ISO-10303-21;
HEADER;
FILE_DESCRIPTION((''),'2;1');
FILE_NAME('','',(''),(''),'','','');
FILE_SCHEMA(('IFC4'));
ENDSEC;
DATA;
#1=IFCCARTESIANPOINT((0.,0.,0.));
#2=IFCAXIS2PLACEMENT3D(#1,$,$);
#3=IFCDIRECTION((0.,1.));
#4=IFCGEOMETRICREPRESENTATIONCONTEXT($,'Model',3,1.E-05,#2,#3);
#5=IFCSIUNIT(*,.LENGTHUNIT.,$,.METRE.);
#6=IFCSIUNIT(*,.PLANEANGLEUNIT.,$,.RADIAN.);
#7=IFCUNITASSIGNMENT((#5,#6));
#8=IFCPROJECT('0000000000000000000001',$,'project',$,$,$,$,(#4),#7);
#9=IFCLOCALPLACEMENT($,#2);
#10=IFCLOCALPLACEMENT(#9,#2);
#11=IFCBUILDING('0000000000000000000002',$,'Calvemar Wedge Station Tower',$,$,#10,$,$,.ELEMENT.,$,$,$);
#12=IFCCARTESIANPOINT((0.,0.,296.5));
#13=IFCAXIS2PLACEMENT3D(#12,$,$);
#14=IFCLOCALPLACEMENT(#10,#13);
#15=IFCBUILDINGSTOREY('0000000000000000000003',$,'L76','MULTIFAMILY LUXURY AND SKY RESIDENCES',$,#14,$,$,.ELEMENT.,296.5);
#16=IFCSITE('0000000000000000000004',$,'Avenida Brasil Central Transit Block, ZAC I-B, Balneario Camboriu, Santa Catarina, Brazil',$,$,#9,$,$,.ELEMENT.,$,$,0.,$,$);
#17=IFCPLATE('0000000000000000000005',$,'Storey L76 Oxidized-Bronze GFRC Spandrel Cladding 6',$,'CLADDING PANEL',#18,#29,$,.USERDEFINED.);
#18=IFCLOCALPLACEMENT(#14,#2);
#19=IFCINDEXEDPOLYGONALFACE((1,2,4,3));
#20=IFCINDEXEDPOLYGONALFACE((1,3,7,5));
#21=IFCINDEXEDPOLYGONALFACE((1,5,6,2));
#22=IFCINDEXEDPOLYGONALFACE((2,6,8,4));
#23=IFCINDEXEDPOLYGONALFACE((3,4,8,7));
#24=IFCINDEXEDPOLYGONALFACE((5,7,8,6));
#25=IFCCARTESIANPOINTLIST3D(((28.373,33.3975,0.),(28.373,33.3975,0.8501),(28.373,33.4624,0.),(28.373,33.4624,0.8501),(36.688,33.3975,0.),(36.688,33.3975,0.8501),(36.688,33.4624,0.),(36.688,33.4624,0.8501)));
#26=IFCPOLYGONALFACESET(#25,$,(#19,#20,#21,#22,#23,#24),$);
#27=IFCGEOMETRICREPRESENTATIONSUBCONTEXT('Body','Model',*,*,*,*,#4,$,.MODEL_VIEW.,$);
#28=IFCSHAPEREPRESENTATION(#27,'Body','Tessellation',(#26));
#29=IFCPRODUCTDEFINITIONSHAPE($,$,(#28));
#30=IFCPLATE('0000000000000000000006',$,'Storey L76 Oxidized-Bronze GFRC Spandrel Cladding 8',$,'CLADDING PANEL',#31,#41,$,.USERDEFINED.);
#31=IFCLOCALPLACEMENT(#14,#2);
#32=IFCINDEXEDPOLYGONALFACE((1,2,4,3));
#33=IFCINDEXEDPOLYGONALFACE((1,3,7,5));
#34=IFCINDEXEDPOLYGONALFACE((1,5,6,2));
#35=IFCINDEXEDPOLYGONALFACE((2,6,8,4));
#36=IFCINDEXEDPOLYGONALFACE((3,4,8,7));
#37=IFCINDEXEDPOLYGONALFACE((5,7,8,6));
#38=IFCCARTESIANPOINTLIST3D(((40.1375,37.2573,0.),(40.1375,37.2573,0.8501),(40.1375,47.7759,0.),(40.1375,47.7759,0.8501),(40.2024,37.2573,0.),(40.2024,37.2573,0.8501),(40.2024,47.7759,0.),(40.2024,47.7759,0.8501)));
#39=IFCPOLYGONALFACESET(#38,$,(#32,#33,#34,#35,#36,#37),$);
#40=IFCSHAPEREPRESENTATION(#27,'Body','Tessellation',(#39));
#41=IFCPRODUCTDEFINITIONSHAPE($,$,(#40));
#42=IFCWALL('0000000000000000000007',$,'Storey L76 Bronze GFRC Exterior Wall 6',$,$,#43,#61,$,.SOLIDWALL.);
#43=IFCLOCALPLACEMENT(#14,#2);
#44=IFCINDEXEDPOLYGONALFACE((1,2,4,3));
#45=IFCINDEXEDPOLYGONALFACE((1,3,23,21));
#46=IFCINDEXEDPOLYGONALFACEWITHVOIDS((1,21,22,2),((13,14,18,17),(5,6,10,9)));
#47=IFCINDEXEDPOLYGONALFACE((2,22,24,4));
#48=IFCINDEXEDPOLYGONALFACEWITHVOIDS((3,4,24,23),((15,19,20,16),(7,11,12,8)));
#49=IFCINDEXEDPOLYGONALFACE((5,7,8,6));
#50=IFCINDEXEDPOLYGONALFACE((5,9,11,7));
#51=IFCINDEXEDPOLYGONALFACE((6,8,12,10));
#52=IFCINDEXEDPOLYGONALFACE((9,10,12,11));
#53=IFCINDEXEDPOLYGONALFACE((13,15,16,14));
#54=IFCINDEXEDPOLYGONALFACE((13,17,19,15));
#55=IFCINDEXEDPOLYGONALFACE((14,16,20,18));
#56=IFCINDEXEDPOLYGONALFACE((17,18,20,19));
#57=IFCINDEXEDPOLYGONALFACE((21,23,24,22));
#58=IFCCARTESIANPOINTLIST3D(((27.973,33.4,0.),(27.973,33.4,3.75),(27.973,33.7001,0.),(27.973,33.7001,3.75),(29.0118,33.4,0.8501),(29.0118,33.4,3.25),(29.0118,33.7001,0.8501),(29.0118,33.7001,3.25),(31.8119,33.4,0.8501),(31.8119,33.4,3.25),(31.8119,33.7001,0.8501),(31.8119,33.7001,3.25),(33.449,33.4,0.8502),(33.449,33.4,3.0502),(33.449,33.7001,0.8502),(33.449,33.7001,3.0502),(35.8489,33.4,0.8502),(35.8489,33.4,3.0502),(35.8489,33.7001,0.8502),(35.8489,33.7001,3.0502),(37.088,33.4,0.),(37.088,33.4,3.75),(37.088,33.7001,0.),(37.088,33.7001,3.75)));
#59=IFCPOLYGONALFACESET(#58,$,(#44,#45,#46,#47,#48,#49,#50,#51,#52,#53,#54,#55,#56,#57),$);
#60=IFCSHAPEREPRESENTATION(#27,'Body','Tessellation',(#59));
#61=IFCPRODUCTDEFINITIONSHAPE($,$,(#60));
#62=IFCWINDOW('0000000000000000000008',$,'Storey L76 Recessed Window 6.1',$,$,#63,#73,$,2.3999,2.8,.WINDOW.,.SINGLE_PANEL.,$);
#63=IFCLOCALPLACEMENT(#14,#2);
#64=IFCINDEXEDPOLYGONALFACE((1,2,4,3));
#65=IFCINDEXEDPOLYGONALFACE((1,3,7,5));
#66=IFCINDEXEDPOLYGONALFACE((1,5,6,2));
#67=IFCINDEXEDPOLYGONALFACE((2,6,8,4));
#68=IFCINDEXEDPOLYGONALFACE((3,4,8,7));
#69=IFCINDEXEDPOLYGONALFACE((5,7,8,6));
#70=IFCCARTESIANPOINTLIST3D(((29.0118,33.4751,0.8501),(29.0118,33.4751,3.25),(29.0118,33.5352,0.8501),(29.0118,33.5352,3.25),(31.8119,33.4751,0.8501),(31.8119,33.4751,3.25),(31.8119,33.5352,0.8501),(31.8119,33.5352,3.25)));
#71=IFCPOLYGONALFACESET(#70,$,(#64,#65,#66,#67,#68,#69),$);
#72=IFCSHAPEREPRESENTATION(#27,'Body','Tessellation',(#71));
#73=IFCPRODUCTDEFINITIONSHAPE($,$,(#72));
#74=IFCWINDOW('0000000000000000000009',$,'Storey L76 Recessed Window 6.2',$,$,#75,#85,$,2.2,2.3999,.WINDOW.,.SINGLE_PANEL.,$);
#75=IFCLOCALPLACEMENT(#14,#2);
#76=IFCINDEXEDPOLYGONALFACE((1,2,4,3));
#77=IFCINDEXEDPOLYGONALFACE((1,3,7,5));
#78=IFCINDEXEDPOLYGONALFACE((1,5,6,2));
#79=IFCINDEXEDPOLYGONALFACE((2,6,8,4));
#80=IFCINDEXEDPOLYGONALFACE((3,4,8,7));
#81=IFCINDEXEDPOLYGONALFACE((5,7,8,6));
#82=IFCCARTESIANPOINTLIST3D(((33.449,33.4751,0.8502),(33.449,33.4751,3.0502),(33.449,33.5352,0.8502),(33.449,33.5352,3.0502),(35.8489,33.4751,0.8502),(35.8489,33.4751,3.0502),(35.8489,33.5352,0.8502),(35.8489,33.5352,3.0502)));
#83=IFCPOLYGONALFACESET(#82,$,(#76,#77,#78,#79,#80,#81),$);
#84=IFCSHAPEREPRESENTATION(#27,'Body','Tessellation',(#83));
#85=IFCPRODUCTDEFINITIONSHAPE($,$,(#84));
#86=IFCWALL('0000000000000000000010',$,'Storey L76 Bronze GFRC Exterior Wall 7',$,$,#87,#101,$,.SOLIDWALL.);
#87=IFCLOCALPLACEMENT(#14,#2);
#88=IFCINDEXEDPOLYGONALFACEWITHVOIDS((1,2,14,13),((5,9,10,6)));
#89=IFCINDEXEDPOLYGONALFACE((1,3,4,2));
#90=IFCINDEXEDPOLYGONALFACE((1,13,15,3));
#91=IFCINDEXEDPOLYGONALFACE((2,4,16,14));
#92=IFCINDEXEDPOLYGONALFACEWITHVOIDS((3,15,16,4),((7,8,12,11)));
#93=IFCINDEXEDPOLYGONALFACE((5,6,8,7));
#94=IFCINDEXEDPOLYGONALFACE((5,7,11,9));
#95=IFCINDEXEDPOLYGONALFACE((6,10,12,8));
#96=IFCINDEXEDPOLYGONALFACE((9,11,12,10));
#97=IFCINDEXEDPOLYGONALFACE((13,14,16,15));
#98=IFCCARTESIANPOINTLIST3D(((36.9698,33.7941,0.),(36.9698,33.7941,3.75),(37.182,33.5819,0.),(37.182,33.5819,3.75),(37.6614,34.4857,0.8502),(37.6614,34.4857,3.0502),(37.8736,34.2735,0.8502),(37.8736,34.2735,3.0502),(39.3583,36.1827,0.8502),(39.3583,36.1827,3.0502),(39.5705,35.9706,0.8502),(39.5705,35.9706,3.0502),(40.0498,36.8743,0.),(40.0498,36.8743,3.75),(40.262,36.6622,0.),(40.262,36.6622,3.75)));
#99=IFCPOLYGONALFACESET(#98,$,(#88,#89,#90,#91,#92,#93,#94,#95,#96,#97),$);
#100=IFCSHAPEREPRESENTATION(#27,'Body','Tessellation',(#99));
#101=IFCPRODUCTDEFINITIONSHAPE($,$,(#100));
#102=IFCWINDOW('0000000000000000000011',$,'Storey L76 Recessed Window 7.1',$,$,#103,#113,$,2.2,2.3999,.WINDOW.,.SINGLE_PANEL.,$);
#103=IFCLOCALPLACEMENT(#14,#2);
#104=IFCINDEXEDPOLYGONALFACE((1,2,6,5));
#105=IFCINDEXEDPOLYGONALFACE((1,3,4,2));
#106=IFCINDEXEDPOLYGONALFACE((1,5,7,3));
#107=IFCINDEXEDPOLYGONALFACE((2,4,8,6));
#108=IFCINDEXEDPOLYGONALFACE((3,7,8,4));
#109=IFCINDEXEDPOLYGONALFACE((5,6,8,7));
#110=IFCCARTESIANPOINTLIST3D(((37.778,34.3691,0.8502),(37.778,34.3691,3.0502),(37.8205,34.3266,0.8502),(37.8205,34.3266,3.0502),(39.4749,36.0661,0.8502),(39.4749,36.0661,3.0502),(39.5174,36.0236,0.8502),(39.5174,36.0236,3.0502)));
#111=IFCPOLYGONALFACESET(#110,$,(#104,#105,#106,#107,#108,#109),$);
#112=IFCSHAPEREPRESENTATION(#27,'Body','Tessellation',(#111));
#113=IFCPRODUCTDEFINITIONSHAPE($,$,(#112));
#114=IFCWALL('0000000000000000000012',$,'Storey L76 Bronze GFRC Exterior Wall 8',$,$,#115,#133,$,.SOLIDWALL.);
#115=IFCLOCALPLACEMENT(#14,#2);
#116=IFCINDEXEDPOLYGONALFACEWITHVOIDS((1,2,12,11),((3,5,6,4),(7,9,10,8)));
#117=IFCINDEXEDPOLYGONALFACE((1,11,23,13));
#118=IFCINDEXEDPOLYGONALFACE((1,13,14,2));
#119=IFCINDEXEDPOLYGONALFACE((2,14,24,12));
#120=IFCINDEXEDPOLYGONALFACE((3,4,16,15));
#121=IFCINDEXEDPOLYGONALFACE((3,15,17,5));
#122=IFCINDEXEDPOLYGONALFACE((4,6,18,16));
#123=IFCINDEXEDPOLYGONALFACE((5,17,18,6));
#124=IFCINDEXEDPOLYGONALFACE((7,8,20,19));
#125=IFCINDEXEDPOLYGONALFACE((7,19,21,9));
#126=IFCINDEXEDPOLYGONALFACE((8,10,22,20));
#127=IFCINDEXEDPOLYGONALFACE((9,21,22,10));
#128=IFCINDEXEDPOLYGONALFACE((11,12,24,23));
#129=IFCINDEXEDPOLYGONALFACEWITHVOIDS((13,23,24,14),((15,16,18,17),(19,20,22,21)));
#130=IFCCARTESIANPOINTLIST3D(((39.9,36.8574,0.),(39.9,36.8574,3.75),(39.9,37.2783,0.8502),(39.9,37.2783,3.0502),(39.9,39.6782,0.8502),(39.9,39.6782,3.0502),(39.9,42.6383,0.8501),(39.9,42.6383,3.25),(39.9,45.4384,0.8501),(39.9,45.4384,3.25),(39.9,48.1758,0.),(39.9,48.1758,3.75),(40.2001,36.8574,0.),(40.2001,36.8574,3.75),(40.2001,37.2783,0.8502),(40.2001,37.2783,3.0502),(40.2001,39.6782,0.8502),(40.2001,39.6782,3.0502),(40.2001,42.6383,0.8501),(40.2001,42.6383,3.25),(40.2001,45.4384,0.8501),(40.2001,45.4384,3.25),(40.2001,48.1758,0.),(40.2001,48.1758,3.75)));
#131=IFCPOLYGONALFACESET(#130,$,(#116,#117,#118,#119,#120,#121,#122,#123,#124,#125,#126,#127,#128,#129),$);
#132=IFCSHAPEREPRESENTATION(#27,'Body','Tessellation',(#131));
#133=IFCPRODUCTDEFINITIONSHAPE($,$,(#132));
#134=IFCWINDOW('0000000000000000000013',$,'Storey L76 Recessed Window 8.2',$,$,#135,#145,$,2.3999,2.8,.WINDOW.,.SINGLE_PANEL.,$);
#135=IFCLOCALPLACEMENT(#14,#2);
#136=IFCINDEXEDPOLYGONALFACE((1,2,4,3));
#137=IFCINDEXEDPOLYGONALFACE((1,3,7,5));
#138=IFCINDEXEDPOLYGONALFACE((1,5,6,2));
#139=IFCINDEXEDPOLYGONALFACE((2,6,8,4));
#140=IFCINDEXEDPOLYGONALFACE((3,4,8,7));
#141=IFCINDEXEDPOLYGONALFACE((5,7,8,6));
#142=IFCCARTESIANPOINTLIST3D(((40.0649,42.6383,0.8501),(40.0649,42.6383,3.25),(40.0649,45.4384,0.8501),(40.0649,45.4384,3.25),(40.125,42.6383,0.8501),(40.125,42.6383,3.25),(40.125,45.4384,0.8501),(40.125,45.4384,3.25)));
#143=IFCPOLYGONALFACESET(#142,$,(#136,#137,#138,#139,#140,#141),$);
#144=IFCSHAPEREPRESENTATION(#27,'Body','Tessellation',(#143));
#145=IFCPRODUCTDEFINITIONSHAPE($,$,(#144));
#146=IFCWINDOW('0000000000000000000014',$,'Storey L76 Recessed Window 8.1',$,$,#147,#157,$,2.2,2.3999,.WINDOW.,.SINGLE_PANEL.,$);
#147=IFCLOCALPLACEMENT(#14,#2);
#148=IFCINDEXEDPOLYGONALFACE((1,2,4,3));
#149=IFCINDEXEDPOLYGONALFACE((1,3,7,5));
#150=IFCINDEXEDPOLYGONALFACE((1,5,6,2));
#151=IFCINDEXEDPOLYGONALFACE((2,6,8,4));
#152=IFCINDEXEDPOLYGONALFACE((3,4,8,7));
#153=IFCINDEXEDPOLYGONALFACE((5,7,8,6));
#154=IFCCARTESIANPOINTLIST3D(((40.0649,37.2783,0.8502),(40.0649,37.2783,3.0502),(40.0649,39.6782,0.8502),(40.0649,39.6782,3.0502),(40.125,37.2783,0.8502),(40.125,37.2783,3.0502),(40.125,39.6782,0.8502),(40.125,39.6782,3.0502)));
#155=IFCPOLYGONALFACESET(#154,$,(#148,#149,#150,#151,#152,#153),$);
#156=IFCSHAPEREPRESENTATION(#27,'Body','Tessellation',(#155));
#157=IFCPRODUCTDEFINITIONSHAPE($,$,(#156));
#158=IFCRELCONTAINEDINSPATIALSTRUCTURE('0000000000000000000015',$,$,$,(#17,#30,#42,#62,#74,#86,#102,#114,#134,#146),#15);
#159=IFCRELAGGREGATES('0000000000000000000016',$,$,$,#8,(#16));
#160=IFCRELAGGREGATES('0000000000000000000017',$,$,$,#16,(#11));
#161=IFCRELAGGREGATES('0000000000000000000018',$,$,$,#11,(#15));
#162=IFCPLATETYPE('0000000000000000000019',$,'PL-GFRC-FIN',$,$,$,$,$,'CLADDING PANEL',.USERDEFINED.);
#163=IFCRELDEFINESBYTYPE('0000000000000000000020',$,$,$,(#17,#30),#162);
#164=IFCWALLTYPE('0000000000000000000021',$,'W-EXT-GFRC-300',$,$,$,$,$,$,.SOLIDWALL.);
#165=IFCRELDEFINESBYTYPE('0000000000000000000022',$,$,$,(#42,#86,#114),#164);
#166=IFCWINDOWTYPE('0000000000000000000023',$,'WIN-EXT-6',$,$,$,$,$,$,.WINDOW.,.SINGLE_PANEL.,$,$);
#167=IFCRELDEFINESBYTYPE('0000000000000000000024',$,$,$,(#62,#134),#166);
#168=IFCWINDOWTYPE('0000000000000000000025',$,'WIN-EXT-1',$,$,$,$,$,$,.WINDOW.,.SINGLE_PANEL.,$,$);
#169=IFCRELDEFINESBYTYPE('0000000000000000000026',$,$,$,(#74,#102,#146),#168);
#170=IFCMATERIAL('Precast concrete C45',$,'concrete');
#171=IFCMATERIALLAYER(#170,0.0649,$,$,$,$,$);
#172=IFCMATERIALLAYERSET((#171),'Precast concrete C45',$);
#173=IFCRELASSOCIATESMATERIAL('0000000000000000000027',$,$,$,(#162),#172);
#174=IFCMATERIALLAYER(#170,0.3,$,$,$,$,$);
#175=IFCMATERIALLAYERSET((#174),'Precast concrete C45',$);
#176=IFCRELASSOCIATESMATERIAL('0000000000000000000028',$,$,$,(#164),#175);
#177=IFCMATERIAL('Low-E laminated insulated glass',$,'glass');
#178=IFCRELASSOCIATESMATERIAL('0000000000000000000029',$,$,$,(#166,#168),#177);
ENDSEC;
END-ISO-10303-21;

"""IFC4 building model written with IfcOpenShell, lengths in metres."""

from ifc_helpers import new_model, si_unit, direction, frame, frame_2d, origin, place, context, subcontext, project, spatial, rectangle, extrude, source, transform, mapped, material, layer, layer_set, type_object, element, fill, save


model = new_model("IFC4")

# Units and contexts
model_context = context("Model", 3, precision=1e-05, world=origin(), true_north=direction((0.0, 1.0)))
body_context = subcontext(model_context, "Body", "Model", "MODEL_VIEW")
ifc_project = project(units=[si_unit("LENGTHUNIT", "METRE"), si_unit("PLANEANGLEUNIT", "RADIAN")], contexts=[model_context])

# Site, building, storey
site_placement = place(None, origin())
site = spatial("IfcSite", under=ifc_project, at=site_placement, Name="Avenida Brasil Central Transit Block, ZAC I-B, Balneario Camboriu, Santa Catarina, Brazil", CompositionType="ELEMENT", RefElevation=0.0)
building_placement = place(site_placement, origin())
building = spatial("IfcBuilding", under=site, at=building_placement, Name="Calvemar Wedge Station Tower", CompositionType="ELEMENT")
storey_placement = place(building_placement, frame((0.0, 0.0, 296.5)))
storey = spatial("IfcBuildingStorey", under=building, at=storey_placement, Name="L76", Description="MULTIFAMILY LUXURY AND SKY RESIDENCES", CompositionType="ELEMENT", Elevation=296.5)

# Plates
ifc_material_1 = material(Name="Precast concrete C45", Category="concrete")
ifc_layer_1 = layer(ifc_material_1, 0.0649)
ifc_layer_set_1 = layer_set([ifc_layer_1], Name="Precast concrete C45")
plate_type = type_object("IfcPlateType", Name="PL-GFRC-FIN", ElementType="CLADDING PANEL", PredefinedType="USERDEFINED", material=ifc_layer_set_1)
plate_1_placement = place(storey_placement, frame((28.373, 33.4299, 0.0), z_axis=(0.0, 0.0, 1.0), x_axis=(1.0, 0.0, 0.0)))
element("IfcPlate", 1, at=plate_1_placement, inside=storey, type_object=plate_type, Name="Storey L76 Oxidized-Bronze GFRC Spandrel Cladding 6", ObjectType="CLADDING PANEL", PredefinedType="USERDEFINED", context=body_context, shape_type="SweptSolid", body=[
    extrude(rectangle(XDim=8.3149, YDim=0.0649, at=frame_2d((4.1575, 0.0))), origin(), (0.0, 0.0, 1.0), 0.8501),
])
plate_2_placement = place(storey_placement, frame((40.1699, 37.2573, 0.0), z_axis=(0.0, 0.0, 1.0), x_axis=(0.0, 1.0, 0.0)))
element("IfcPlate", 2, at=plate_2_placement, inside=storey, type_object=plate_type, Name="Storey L76 Oxidized-Bronze GFRC Spandrel Cladding 8", ObjectType="CLADDING PANEL", PredefinedType="USERDEFINED", context=body_context, shape_type="SweptSolid", body=[
    extrude(rectangle(XDim=10.5186, YDim=0.0649, at=frame_2d((5.2593, 0.0))), origin(), (0.0, 0.0, 1.0), 0.8501),
])

# Wall, openings, windows
ifc_layer_2 = layer(ifc_material_1, 0.3)
ifc_layer_set_2 = layer_set([ifc_layer_2], Name="Precast concrete C45")
wall_type_1 = type_object("IfcWallType", Name="W-EXT-GFRC-300", PredefinedType="SOLIDWALL", material=ifc_layer_set_2)
wall_1_placement = place(storey_placement, frame((27.9729, 33.55, 0.0), z_axis=(0.0, 0.0, 1.0), x_axis=(1.0, 0.0, 0.0)))
wall_1 = element("IfcWall", 3, at=wall_1_placement, inside=storey, type_object=wall_type_1, Name="Storey L76 Bronze GFRC Exterior Wall 6", PredefinedType="SOLIDWALL", context=body_context, shape_type="SweptSolid", body=[
    extrude(rectangle(XDim=9.115, YDim=0.3, at=frame_2d((4.5576, 0.0))), origin(), (0.0, 0.0, 1.0), 3.75),
])
shared_shape_1 = source(origin(), body_context, "Body", "SweptSolid", [
    extrude(rectangle(XDim=2.8, YDim=2.3999, at=frame_2d((1.3999, 1.2))), frame((0.0, 0.1602, 0.0), z_axis=(0.0, -1.0, 0.0), x_axis=(1.0, 0.0, 0.0)), (0.0, 0.0, 1.0), 0.3201),
])
opening_1_placement = place(wall_1_placement, frame((1.0391, 0.0, 0.8501)))
opening_1 = element("IfcOpeningElement", 4, at=opening_1_placement, cuts=wall_1, PredefinedType="OPENING", context=body_context, shape_type="MappedRepresentation", body=[
    mapped(shared_shape_1, transform((0.0, 0.0, 0.0), scale=1.0)),
])
shared_shape_2 = source(origin(), body_context, "Body", "SweptSolid", [
    extrude(rectangle(XDim=2.3999, YDim=2.2, at=frame_2d((1.2, 1.1001))), frame((0.0, 0.1602, 0.0), z_axis=(0.0, -1.0, 0.0), x_axis=(1.0, 0.0, 0.0)), (0.0, 0.0, 1.0), 0.3201),
])
opening_2_placement = place(wall_1_placement, frame((5.4761, 0.0, 0.8501)))
opening_2 = element("IfcOpeningElement", 5, at=opening_2_placement, cuts=wall_1, PredefinedType="OPENING", context=body_context, shape_type="MappedRepresentation", body=[
    mapped(shared_shape_2, transform((0.0, 0.0, 0.0), scale=1.0)),
])
ifc_material_2 = material(Name="Low-E laminated insulated glass", Category="glass")
window_type_1 = type_object("IfcWindowType", Name="WIN-EXT-6", PartitioningType="SINGLE_PANEL", PredefinedType="WINDOW", material=ifc_material_2)
shared_shape_3 = source(origin(), body_context, "Body", "SweptSolid", [
    extrude(rectangle(XDim=2.8, YDim=2.3999, at=frame_2d((1.3999, 1.2))), frame((0.0, -0.0149, 0.0), z_axis=(0.0, -1.0, 0.0), x_axis=(1.0, 0.0, 0.0)), (0.0, 0.0, 1.0), 0.0601),
])
window_1_placement = place(opening_1_placement, origin())
window_1 = element("IfcWindow", 6, at=window_1_placement, inside=storey, type_object=window_type_1, Name="Storey L76 Recessed Window 6.1", OverallHeight=2.3999, OverallWidth=2.8, PartitioningType="SINGLE_PANEL", PredefinedType="WINDOW", context=body_context, shape_type="MappedRepresentation", body=[
    mapped(shared_shape_3, transform((0.0, 0.0, 0.0), scale=1.0)),
])
fill(opening_1, window_1)
window_type_2 = type_object("IfcWindowType", Name="WIN-EXT-1", PartitioningType="SINGLE_PANEL", PredefinedType="WINDOW", material=ifc_material_2)
shared_shape_4 = source(origin(), body_context, "Body", "SweptSolid", [
    extrude(rectangle(XDim=2.3999, YDim=2.2, at=frame_2d((1.2, 1.1001))), frame((0.0, -0.0149, 0.0), z_axis=(0.0, -1.0, 0.0), x_axis=(1.0, 0.0, 0.0)), (0.0, 0.0, 1.0), 0.0601),
])
window_2_placement = place(opening_2_placement, origin())
window_2 = element("IfcWindow", 7, at=window_2_placement, inside=storey, type_object=window_type_2, Name="Storey L76 Recessed Window 6.2", OverallHeight=2.2, OverallWidth=2.3999, PartitioningType="SINGLE_PANEL", PredefinedType="WINDOW", context=body_context, shape_type="MappedRepresentation", body=[
    mapped(shared_shape_4, transform((0.0, 0.0, 0.0), scale=1.0)),
])
fill(opening_2, window_2)

# Wall, opening, window
wall_2_placement = place(storey_placement, frame((37.0759, 33.688, 0.0), z_axis=(0.0, 0.0, 1.0), x_axis=(0.707079, 0.707135, 0.0)))
wall_2 = element("IfcWall", 8, at=wall_2_placement, inside=storey, type_object=wall_type_1, Name="Storey L76 Bronze GFRC Exterior Wall 7", PredefinedType="SOLIDWALL", context=body_context, shape_type="SweptSolid", body=[
    extrude(rectangle(XDim=4.356, YDim=0.3, at=frame_2d((2.178, 0.0))), origin(), (0.0, 0.0, 1.0), 3.75),
])
opening_3_placement = place(wall_2_placement, frame((0.978, 0.0, 0.8501)))
opening_3 = element("IfcOpeningElement", 9, at=opening_3_placement, cuts=wall_2, PredefinedType="OPENING", context=body_context, shape_type="MappedRepresentation", body=[
    mapped(shared_shape_2, transform((0.0, 0.0, 0.0), scale=1.0)),
])
window_3_placement = place(opening_3_placement, origin())
window_3 = element("IfcWindow", 10, at=window_3_placement, inside=storey, type_object=window_type_2, Name="Storey L76 Recessed Window 7.1", OverallHeight=2.2, OverallWidth=2.3999, PartitioningType="SINGLE_PANEL", PredefinedType="WINDOW", context=body_context, shape_type="MappedRepresentation", body=[
    mapped(shared_shape_4, transform((0.0, 0.0, 0.0), scale=1.0)),
])
fill(opening_3, window_3)

# Wall, openings, windows
wall_3_placement = place(storey_placement, frame((40.05, 36.8574, 0.0), z_axis=(0.0, 0.0, 1.0), x_axis=(0.0, 1.0, 0.0)))
wall_3 = element("IfcWall", 11, at=wall_3_placement, inside=storey, type_object=wall_type_1, Name="Storey L76 Bronze GFRC Exterior Wall 8", PredefinedType="SOLIDWALL", context=body_context, shape_type="SweptSolid", body=[
    extrude(rectangle(XDim=11.3184, YDim=0.3, at=frame_2d((5.6592, 0.0))), origin(), (0.0, 0.0, 1.0), 3.75),
])
opening_4_placement = place(wall_3_placement, frame((0.4209, 0.0, 0.8501)))
opening_4 = element("IfcOpeningElement", 12, at=opening_4_placement, cuts=wall_3, PredefinedType="OPENING", context=body_context, shape_type="MappedRepresentation", body=[
    mapped(shared_shape_2, transform((0.0, 0.0, 0.0), scale=1.0)),
])
opening_5_placement = place(wall_3_placement, frame((5.781, 0.0, 0.8501)))
opening_5 = element("IfcOpeningElement", 13, at=opening_5_placement, cuts=wall_3, PredefinedType="OPENING", context=body_context, shape_type="MappedRepresentation", body=[
    mapped(shared_shape_1, transform((0.0, 0.0, 0.0), scale=1.0)),
])
window_4_placement = place(opening_5_placement, origin())
window_4 = element("IfcWindow", 14, at=window_4_placement, inside=storey, type_object=window_type_1, Name="Storey L76 Recessed Window 8.2", OverallHeight=2.3999, OverallWidth=2.8, PartitioningType="SINGLE_PANEL", PredefinedType="WINDOW", context=body_context, shape_type="MappedRepresentation", body=[
    mapped(shared_shape_3, transform((0.0, 0.0, 0.0), scale=1.0)),
])
fill(opening_5, window_4)
window_5_placement = place(opening_4_placement, origin())
window_5 = element("IfcWindow", 15, at=window_5_placement, inside=storey, type_object=window_type_2, Name="Storey L76 Recessed Window 8.1", OverallHeight=2.2, OverallWidth=2.3999, PartitioningType="SINGLE_PANEL", PredefinedType="WINDOW", context=body_context, shape_type="MappedRepresentation", body=[
    mapped(shared_shape_4, transform((0.0, 0.0, 0.0), scale=1.0)),
])
fill(opening_4, window_5)

save(model, "model.ifc")
